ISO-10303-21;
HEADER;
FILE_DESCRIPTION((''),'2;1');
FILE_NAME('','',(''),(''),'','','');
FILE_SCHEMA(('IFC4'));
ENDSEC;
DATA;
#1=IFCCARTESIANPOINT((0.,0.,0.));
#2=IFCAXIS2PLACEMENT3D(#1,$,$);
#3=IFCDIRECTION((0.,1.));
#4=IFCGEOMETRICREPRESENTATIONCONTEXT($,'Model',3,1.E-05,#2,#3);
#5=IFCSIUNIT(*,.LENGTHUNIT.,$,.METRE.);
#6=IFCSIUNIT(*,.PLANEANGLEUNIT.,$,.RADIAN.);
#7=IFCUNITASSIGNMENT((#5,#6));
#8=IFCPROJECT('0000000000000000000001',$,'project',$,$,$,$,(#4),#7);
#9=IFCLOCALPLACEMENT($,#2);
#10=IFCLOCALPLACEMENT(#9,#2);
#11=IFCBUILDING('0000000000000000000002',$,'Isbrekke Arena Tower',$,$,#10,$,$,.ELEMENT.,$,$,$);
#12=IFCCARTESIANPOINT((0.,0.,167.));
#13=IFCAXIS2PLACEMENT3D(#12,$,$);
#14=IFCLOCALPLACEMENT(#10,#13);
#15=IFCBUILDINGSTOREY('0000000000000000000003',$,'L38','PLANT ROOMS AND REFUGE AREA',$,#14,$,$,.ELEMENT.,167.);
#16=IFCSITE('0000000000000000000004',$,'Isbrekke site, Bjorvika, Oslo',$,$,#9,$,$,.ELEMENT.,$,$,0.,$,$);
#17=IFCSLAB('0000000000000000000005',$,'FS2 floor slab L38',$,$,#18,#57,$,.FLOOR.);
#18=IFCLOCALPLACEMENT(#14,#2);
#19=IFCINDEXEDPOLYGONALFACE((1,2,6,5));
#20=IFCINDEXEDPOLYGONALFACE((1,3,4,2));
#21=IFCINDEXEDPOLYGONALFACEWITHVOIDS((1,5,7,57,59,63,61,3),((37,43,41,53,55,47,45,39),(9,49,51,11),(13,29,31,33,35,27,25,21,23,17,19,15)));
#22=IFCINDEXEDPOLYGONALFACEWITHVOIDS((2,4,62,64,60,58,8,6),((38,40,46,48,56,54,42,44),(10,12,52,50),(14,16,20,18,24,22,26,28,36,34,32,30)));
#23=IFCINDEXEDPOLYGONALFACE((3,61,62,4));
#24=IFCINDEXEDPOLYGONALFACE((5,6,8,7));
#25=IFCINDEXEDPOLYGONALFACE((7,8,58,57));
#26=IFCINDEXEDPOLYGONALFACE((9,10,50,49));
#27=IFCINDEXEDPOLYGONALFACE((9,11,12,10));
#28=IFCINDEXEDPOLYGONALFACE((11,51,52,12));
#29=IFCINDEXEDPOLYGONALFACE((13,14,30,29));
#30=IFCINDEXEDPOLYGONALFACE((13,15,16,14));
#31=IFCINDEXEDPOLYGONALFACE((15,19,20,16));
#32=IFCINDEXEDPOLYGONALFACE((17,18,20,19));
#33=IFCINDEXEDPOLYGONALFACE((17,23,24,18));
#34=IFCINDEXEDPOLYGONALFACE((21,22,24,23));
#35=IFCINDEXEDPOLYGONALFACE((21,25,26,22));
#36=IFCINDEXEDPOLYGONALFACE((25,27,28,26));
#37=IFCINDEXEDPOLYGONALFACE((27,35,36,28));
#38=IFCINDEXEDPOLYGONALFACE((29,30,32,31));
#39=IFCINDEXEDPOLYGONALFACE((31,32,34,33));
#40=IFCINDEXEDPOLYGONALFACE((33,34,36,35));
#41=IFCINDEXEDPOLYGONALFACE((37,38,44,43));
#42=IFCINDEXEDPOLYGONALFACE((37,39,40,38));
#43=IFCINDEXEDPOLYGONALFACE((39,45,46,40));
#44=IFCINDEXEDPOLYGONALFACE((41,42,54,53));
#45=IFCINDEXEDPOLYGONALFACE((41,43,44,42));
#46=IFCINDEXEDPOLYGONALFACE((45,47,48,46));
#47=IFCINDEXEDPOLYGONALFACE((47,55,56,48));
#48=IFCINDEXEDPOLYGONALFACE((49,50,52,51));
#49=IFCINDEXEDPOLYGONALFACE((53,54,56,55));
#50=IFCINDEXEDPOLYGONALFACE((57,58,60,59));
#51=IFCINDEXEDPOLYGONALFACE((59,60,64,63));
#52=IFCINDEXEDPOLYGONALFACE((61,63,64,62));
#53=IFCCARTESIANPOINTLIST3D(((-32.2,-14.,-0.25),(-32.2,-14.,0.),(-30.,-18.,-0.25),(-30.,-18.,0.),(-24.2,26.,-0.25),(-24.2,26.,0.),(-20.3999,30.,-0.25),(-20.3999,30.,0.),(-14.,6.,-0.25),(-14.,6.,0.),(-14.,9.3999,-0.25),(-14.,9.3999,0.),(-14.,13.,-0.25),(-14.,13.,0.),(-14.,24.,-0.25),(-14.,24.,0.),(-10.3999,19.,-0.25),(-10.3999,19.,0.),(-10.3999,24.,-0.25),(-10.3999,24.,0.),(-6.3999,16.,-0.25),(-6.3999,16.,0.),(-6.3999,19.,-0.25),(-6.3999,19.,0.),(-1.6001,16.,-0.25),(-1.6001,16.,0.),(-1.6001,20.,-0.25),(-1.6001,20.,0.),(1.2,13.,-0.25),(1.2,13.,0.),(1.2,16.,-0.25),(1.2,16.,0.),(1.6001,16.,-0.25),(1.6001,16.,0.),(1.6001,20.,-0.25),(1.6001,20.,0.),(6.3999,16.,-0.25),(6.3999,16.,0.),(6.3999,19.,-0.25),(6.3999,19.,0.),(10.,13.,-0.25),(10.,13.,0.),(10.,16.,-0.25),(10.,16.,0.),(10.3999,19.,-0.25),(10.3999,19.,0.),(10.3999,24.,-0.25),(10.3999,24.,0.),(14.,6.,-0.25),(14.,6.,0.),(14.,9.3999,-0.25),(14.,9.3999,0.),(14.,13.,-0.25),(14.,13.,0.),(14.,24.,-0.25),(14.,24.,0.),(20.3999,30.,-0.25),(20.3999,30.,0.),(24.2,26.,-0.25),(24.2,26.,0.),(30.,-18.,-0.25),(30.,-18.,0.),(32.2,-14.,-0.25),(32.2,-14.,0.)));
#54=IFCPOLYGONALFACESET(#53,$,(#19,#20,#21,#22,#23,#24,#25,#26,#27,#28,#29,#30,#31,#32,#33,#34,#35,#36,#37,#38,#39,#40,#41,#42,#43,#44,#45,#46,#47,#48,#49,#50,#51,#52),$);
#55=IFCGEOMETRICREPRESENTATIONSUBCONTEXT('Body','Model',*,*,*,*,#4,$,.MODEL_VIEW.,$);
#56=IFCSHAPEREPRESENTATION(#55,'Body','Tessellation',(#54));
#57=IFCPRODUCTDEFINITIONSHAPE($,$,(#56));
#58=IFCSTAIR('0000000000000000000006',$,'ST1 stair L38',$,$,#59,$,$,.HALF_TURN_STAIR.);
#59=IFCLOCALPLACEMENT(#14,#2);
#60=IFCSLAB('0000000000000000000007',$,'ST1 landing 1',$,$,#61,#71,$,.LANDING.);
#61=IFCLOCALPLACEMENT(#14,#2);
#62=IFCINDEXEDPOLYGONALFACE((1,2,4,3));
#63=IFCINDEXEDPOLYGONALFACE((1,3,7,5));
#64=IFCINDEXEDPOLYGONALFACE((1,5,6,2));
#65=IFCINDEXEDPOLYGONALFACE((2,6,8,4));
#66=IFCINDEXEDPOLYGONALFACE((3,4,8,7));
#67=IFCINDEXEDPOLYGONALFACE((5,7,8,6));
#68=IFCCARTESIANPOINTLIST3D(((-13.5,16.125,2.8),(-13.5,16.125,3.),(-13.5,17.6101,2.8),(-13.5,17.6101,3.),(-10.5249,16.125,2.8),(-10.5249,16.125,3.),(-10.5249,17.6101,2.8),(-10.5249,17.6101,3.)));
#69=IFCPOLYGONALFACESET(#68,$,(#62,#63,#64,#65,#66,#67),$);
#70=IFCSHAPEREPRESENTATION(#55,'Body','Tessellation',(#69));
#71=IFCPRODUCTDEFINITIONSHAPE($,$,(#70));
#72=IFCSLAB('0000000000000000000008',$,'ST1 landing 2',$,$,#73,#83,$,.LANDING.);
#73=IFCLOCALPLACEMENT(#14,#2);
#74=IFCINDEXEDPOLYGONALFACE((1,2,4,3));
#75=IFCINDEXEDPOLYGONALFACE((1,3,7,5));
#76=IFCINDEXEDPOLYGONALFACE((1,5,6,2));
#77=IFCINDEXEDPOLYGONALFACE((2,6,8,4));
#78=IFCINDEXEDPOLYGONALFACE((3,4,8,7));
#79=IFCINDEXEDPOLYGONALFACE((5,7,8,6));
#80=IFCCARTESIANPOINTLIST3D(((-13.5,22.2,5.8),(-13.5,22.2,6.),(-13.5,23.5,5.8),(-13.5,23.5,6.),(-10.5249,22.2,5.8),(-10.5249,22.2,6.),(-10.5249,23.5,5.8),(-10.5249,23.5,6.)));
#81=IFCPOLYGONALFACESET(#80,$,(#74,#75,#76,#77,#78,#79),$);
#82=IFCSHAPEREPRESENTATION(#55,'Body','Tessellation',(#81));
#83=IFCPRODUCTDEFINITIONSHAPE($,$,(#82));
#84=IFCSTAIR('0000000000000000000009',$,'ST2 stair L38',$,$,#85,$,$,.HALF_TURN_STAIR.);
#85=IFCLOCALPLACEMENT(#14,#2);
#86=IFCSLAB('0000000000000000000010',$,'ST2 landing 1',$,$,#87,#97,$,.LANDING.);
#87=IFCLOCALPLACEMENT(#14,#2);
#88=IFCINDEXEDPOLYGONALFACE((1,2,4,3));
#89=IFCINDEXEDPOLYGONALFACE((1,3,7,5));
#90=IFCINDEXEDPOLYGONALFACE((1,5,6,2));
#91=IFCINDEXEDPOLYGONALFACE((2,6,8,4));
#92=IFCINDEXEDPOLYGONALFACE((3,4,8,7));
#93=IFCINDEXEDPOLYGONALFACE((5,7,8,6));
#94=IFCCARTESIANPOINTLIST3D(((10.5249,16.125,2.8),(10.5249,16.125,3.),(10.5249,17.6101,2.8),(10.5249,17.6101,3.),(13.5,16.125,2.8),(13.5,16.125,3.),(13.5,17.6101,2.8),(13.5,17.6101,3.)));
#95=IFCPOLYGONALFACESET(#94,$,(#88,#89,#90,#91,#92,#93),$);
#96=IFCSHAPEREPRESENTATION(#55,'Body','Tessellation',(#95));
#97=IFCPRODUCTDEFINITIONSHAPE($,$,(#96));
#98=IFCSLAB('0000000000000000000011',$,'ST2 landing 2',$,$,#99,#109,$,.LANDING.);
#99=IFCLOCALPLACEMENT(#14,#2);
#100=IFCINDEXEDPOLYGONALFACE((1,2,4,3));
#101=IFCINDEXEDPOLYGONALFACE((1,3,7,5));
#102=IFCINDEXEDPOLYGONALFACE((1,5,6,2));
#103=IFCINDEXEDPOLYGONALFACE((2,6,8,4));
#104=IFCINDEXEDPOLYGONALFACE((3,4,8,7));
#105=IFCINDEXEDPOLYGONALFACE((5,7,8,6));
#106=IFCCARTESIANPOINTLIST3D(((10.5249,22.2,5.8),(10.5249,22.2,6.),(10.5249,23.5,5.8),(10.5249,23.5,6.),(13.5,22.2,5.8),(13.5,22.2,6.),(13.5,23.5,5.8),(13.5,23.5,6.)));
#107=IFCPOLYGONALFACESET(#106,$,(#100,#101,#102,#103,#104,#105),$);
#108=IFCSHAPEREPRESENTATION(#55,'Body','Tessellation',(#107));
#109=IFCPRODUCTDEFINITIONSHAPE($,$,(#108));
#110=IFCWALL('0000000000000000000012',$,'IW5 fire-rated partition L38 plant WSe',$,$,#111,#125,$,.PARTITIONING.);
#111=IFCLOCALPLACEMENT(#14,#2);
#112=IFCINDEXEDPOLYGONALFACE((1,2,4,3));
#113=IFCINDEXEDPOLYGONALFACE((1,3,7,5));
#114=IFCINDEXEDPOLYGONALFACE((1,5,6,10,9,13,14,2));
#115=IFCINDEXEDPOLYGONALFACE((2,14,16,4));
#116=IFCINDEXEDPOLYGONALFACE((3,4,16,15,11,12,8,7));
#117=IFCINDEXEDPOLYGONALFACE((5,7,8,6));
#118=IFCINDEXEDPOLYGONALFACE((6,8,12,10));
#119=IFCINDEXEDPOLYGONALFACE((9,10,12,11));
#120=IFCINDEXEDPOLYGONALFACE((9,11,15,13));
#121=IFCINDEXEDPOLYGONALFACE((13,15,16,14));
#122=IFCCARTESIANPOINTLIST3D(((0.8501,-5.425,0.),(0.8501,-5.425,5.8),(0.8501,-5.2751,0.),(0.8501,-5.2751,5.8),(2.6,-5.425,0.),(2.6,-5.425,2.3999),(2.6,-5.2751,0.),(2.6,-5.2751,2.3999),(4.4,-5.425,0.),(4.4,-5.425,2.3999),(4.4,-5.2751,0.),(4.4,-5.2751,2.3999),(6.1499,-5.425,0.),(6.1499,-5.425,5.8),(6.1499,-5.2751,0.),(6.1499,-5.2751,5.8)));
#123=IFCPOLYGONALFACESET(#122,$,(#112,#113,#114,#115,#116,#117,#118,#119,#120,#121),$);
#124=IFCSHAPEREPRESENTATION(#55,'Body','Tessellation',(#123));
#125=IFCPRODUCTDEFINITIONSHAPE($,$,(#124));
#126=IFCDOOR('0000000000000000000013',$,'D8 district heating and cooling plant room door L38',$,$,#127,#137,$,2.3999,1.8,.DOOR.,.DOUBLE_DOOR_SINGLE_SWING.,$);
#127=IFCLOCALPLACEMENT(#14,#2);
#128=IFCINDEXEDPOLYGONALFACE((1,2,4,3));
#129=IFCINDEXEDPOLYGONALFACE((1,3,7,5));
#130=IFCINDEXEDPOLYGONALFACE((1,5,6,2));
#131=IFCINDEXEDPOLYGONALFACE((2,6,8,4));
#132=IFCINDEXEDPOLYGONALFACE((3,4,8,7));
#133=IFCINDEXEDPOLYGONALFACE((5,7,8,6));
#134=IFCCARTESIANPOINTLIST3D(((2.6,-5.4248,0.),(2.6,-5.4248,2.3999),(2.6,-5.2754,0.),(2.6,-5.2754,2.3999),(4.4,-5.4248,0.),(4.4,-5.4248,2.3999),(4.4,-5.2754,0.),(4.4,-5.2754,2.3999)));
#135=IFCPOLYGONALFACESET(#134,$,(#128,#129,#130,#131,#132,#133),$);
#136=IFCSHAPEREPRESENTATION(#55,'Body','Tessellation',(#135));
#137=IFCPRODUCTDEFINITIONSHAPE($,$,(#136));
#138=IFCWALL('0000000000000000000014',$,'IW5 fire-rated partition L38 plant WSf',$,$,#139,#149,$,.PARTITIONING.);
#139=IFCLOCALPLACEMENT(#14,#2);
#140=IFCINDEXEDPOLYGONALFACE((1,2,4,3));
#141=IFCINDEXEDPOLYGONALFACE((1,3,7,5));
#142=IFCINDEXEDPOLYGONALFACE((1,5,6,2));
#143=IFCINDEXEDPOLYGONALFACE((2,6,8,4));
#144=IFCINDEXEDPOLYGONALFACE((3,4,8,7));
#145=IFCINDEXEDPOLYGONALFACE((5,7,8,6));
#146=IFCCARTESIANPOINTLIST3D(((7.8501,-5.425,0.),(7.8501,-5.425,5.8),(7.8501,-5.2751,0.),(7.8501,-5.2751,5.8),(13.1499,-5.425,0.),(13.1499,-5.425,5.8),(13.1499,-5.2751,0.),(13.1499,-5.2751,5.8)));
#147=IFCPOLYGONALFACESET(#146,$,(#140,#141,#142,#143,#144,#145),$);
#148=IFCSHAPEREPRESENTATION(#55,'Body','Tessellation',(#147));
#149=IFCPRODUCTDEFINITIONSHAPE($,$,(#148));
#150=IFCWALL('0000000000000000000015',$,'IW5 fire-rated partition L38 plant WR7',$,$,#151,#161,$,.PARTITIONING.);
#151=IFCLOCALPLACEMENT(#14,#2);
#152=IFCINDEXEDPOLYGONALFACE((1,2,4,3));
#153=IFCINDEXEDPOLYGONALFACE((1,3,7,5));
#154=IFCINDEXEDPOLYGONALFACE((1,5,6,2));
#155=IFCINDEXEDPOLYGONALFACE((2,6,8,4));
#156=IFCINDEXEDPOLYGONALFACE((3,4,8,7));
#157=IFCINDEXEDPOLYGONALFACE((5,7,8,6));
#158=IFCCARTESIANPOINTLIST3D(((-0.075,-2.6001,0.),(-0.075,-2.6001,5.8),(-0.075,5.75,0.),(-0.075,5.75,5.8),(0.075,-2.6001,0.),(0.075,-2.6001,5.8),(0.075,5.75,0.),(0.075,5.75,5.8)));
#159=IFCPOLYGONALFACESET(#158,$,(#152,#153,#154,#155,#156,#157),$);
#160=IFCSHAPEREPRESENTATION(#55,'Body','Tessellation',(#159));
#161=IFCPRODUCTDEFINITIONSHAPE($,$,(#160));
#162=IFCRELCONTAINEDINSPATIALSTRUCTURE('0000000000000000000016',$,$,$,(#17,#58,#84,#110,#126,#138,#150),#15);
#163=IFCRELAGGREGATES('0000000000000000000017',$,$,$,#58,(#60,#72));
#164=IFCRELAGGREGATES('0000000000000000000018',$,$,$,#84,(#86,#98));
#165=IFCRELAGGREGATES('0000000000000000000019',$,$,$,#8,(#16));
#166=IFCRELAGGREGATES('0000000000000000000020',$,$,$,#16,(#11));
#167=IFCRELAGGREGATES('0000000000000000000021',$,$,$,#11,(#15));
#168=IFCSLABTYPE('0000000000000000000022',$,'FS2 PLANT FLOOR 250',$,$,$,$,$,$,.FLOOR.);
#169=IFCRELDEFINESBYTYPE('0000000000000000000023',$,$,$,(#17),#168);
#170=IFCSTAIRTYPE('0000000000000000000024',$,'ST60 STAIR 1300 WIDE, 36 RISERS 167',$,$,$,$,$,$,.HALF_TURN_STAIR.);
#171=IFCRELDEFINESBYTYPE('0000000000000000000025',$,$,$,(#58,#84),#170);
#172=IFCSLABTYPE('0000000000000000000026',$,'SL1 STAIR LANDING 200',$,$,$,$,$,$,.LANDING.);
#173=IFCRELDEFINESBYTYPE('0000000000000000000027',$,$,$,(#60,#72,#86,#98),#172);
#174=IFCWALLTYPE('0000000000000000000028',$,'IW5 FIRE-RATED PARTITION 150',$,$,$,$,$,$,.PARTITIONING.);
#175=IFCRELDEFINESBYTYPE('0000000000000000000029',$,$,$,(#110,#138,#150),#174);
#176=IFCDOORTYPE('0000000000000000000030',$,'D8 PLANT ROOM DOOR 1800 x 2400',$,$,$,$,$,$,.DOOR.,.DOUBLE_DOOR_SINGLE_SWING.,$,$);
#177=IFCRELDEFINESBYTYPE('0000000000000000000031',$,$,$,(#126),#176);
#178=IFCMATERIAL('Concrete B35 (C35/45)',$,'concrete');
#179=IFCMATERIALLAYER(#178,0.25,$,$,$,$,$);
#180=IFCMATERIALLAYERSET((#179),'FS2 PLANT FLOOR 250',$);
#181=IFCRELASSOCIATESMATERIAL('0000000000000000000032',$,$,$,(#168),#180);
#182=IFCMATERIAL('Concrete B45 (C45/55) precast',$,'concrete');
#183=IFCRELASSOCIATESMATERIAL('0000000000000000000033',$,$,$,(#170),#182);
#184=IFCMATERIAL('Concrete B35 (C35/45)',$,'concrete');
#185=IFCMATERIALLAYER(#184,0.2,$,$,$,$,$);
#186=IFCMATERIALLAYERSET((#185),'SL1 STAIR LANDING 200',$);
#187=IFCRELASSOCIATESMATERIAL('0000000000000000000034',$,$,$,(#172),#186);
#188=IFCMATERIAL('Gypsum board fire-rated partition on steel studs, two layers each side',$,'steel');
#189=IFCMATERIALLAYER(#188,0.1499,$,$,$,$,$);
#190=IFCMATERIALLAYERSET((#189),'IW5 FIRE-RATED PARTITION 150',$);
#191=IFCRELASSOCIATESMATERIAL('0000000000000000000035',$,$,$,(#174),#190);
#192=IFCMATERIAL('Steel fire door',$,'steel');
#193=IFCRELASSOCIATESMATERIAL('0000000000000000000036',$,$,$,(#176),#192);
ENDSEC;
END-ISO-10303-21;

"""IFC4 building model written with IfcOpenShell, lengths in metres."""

from ifc_helpers import new_model, si_unit, direction, frame, frame_2d, origin, place, context, subcontext, project, spatial, polyline, rectangle, outline, extrude, material, layer, layer_set, type_object, element, fill, aggregate, save


model = new_model("IFC4")

# Units and contexts
model_context = context("Model", 3, precision=1e-05, world=origin(), true_north=direction((0.0, 1.0)))
body_context = subcontext(model_context, "Body", "Model", "MODEL_VIEW")
ifc_project = project(units=[si_unit("LENGTHUNIT", "METRE"), si_unit("PLANEANGLEUNIT", "RADIAN")], contexts=[model_context])

# Site, building, storey
site_placement = place(None, origin())
site = spatial("IfcSite", under=ifc_project, at=site_placement, Name="Isbrekke site, Bjorvika, Oslo", CompositionType="ELEMENT", RefElevation=0.0)
building_placement = place(site_placement, origin())
building = spatial("IfcBuilding", under=site, at=building_placement, Name="Isbrekke Arena Tower", CompositionType="ELEMENT")
storey_placement = place(building_placement, frame((0.0, 0.0, 167.0)))
storey = spatial("IfcBuildingStorey", under=building, at=storey_placement, Name="L38", Description="PLANT ROOMS AND REFUGE AREA", CompositionType="ELEMENT", Elevation=167.0)

# Slab
ifc_material_1 = material(Name="Concrete B35 (C35/45)", Category="concrete")
ifc_layer_1 = layer(ifc_material_1, 0.25)
ifc_layer_set_1 = layer_set([ifc_layer_1], Name="FS2 PLANT FLOOR 250")
slab_type_1 = type_object("IfcSlabType", Name="FS2 PLANT FLOOR 250", PredefinedType="FLOOR", material=ifc_layer_set_1)
slab_1_placement = place(storey_placement, frame((0.0, 0.0, -0.25)))
element("IfcSlab", 1, at=slab_1_placement, inside=storey, type_object=slab_type_1, Name="FS2 floor slab L38", PredefinedType="FLOOR", context=body_context, shape_type="SweptSolid", body=[
    extrude(outline(polyline([(-30.0, -18.0), (30.0, -18.0), (32.2, -14.0), (24.2, 26.0), (20.3999, 30.0), (-20.3999, 30.0), (-24.2, 26.0), (-32.2, -14.0), (-30.0, -18.0)]), holes=[polyline([(14.0, 9.3999), (14.0, 6.0), (-14.0, 6.0), (-14.0, 9.3999), (14.0, 9.3999)]), polyline([(-6.3999, 19.0), (-6.3999, 16.0), (-1.6001, 16.0), (-1.6001, 20.0), (1.6001, 20.0), (1.6001, 16.0), (1.2, 16.0), (1.2, 13.0), (-14.0, 13.0), (-14.0, 24.0), (-10.3999, 24.0), (-10.3999, 19.0), (-6.3999, 19.0)]), polyline([(10.0, 13.0), (10.0, 16.0), (6.3999, 16.0), (6.3999, 19.0), (10.3999, 19.0), (10.3999, 24.0), (14.0, 24.0), (14.0, 13.0), (10.0, 13.0)])]), origin(), (0.0, 0.0, 1.0), 0.25),
])

# Stairs, slabs
ifc_material_2 = material(Name="Concrete B45 (C45/55) precast", Category="concrete")
stair_type = type_object("IfcStairType", Name="ST60 STAIR 1300 WIDE, 36 RISERS 167", PredefinedType="HALF_TURN_STAIR", material=ifc_material_2)
stair_1_placement = place(storey_placement, origin())
stair_1 = element("IfcStair", 2, at=stair_1_placement, inside=storey, type_object=stair_type, Name="ST1 stair L38", PredefinedType="HALF_TURN_STAIR")
ifc_material_3 = material(Name="Concrete B35 (C35/45)", Category="concrete")
ifc_layer_2 = layer(ifc_material_3, 0.2)
ifc_layer_set_2 = layer_set([ifc_layer_2], Name="SL1 STAIR LANDING 200")
slab_type_2 = type_object("IfcSlabType", Name="SL1 STAIR LANDING 200", PredefinedType="LANDING", material=ifc_layer_set_2)
slab_2_placement = place(storey_placement, frame((0.0, 0.0, 2.8)))
slab_2 = element("IfcSlab", 3, at=slab_2_placement, type_object=slab_type_2, Name="ST1 landing 1", PredefinedType="LANDING", context=body_context, shape_type="SweptSolid", body=[
    extrude(outline(polyline([(-13.5, 16.125), (-10.5249, 16.125), (-10.5249, 17.6101), (-13.5, 17.6101), (-13.5, 16.125)])), origin(), (0.0, 0.0, 1.0), 0.2),
])
slab_3_placement = place(storey_placement, frame((0.0, 0.0, 5.8)))
slab_3 = element("IfcSlab", 4, at=slab_3_placement, type_object=slab_type_2, Name="ST1 landing 2", PredefinedType="LANDING", context=body_context, shape_type="SweptSolid", body=[
    extrude(outline(polyline([(-13.5, 22.2), (-10.5249, 22.2), (-10.5249, 23.5), (-13.5, 23.5), (-13.5, 22.2)])), origin(), (0.0, 0.0, 1.0), 0.2),
])
aggregate(stair_1, [slab_2, slab_3])
stair_2_placement = place(storey_placement, origin())
stair_2 = element("IfcStair", 5, at=stair_2_placement, inside=storey, type_object=stair_type, Name="ST2 stair L38", PredefinedType="HALF_TURN_STAIR")
slab_4_placement = place(storey_placement, frame((0.0, 0.0, 2.8)))
slab_4 = element("IfcSlab", 6, at=slab_4_placement, type_object=slab_type_2, Name="ST2 landing 1", PredefinedType="LANDING", context=body_context, shape_type="SweptSolid", body=[
    extrude(outline(polyline([(10.5249, 16.125), (13.5, 16.125), (13.5, 17.6101), (10.5249, 17.6101), (10.5249, 16.125)])), origin(), (0.0, 0.0, 1.0), 0.2),
])
slab_5_placement = place(storey_placement, frame((0.0, 0.0, 5.8)))
slab_5 = element("IfcSlab", 7, at=slab_5_placement, type_object=slab_type_2, Name="ST2 landing 2", PredefinedType="LANDING", context=body_context, shape_type="SweptSolid", body=[
    extrude(outline(polyline([(10.5249, 22.2), (13.5, 22.2), (13.5, 23.5), (10.5249, 23.5), (10.5249, 22.2)])), origin(), (0.0, 0.0, 1.0), 0.2),
])
aggregate(stair_2, [slab_4, slab_5])

# Wall, opening, door
ifc_material_4 = material(Name="Gypsum board fire-rated partition on steel studs, two layers each side", Category="steel")
ifc_layer_3 = layer(ifc_material_4, 0.1499)
ifc_layer_set_3 = layer_set([ifc_layer_3], Name="IW5 FIRE-RATED PARTITION 150")
wall_type = type_object("IfcWallType", Name="IW5 FIRE-RATED PARTITION 150", PredefinedType="PARTITIONING", material=ifc_layer_set_3)
wall_1_placement = place(storey_placement, frame((0.8501, -5.3501, 0.0), z_axis=(0.0, 0.0, 1.0), x_axis=(1.0, 0.0, 0.0)))
wall_1 = element("IfcWall", 8, at=wall_1_placement, inside=storey, type_object=wall_type, Name="IW5 fire-rated partition L38 plant WSe", PredefinedType="PARTITIONING", context=body_context, shape_type="SweptSolid", body=[
    extrude(rectangle(XDim=5.2998, YDim=0.1499, at=frame_2d((2.6499, 0.0))), origin(), (0.0, 0.0, 1.0), 5.8),
])
opening_placement = place(wall_1_placement, frame((1.75, 0.0, 0.0)))
opening = element("IfcOpeningElement", 9, at=opening_placement, cuts=wall_1, PredefinedType="OPENING", context=body_context, shape_type="SweptSolid", body=[
    extrude(rectangle(XDim=1.8, YDim=2.3999, at=frame_2d((0.8999, 1.2))), frame((0.0, 0.0898, 0.0), z_axis=(0.0, -1.0, 0.0), x_axis=(1.0, 0.0, 0.0)), (0.0, 0.0, 1.0), 0.1797),
])
ifc_material_5 = material(Name="Steel fire door", Category="steel")
door_type = type_object("IfcDoorType", Name="D8 PLANT ROOM DOOR 1800 x 2400", OperationType="DOUBLE_DOOR_SINGLE_SWING", PredefinedType="DOOR", material=ifc_material_5)
door_placement = place(opening_placement, origin())
door = element("IfcDoor", 10, at=door_placement, inside=storey, type_object=door_type, Name="D8 district heating and cooling plant room door L38", OperationType="DOUBLE_DOOR_SINGLE_SWING", OverallHeight=2.3999, OverallWidth=1.8, PredefinedType="DOOR", context=body_context, shape_type="SweptSolid", body=[
    extrude(rectangle(XDim=1.8, YDim=2.3999, at=frame_2d((0.8999, 1.2))), frame((0.0, 0.0747, 0.0), z_axis=(0.0, -1.0, 0.0), x_axis=(1.0, 0.0, 0.0)), (0.0, 0.0, 1.0), 0.1494),
])
fill(opening, door)

# Walls
wall_2_placement = place(storey_placement, frame((7.8501, -5.3501, 0.0), z_axis=(0.0, 0.0, 1.0), x_axis=(1.0, 0.0, 0.0)))
element("IfcWall", 11, at=wall_2_placement, inside=storey, type_object=wall_type, Name="IW5 fire-rated partition L38 plant WSf", PredefinedType="PARTITIONING", context=body_context, shape_type="SweptSolid", body=[
    extrude(rectangle(XDim=5.2998, YDim=0.1499, at=frame_2d((2.6499, 0.0))), origin(), (0.0, 0.0, 1.0), 5.8),
])
wall_3_placement = place(storey_placement, frame((0.0, -2.6001, 0.0), z_axis=(0.0, 0.0, 1.0), x_axis=(0.0, 1.0, 0.0)))
element("IfcWall", 12, at=wall_3_placement, inside=storey, type_object=wall_type, Name="IW5 fire-rated partition L38 plant WR7", PredefinedType="PARTITIONING", context=body_context, shape_type="SweptSolid", body=[
    extrude(rectangle(XDim=8.3501, YDim=0.1499, at=frame_2d((4.175, 0.0))), origin(), (0.0, 0.0, 1.0), 5.8),
])

save(model, "model.ifc")
